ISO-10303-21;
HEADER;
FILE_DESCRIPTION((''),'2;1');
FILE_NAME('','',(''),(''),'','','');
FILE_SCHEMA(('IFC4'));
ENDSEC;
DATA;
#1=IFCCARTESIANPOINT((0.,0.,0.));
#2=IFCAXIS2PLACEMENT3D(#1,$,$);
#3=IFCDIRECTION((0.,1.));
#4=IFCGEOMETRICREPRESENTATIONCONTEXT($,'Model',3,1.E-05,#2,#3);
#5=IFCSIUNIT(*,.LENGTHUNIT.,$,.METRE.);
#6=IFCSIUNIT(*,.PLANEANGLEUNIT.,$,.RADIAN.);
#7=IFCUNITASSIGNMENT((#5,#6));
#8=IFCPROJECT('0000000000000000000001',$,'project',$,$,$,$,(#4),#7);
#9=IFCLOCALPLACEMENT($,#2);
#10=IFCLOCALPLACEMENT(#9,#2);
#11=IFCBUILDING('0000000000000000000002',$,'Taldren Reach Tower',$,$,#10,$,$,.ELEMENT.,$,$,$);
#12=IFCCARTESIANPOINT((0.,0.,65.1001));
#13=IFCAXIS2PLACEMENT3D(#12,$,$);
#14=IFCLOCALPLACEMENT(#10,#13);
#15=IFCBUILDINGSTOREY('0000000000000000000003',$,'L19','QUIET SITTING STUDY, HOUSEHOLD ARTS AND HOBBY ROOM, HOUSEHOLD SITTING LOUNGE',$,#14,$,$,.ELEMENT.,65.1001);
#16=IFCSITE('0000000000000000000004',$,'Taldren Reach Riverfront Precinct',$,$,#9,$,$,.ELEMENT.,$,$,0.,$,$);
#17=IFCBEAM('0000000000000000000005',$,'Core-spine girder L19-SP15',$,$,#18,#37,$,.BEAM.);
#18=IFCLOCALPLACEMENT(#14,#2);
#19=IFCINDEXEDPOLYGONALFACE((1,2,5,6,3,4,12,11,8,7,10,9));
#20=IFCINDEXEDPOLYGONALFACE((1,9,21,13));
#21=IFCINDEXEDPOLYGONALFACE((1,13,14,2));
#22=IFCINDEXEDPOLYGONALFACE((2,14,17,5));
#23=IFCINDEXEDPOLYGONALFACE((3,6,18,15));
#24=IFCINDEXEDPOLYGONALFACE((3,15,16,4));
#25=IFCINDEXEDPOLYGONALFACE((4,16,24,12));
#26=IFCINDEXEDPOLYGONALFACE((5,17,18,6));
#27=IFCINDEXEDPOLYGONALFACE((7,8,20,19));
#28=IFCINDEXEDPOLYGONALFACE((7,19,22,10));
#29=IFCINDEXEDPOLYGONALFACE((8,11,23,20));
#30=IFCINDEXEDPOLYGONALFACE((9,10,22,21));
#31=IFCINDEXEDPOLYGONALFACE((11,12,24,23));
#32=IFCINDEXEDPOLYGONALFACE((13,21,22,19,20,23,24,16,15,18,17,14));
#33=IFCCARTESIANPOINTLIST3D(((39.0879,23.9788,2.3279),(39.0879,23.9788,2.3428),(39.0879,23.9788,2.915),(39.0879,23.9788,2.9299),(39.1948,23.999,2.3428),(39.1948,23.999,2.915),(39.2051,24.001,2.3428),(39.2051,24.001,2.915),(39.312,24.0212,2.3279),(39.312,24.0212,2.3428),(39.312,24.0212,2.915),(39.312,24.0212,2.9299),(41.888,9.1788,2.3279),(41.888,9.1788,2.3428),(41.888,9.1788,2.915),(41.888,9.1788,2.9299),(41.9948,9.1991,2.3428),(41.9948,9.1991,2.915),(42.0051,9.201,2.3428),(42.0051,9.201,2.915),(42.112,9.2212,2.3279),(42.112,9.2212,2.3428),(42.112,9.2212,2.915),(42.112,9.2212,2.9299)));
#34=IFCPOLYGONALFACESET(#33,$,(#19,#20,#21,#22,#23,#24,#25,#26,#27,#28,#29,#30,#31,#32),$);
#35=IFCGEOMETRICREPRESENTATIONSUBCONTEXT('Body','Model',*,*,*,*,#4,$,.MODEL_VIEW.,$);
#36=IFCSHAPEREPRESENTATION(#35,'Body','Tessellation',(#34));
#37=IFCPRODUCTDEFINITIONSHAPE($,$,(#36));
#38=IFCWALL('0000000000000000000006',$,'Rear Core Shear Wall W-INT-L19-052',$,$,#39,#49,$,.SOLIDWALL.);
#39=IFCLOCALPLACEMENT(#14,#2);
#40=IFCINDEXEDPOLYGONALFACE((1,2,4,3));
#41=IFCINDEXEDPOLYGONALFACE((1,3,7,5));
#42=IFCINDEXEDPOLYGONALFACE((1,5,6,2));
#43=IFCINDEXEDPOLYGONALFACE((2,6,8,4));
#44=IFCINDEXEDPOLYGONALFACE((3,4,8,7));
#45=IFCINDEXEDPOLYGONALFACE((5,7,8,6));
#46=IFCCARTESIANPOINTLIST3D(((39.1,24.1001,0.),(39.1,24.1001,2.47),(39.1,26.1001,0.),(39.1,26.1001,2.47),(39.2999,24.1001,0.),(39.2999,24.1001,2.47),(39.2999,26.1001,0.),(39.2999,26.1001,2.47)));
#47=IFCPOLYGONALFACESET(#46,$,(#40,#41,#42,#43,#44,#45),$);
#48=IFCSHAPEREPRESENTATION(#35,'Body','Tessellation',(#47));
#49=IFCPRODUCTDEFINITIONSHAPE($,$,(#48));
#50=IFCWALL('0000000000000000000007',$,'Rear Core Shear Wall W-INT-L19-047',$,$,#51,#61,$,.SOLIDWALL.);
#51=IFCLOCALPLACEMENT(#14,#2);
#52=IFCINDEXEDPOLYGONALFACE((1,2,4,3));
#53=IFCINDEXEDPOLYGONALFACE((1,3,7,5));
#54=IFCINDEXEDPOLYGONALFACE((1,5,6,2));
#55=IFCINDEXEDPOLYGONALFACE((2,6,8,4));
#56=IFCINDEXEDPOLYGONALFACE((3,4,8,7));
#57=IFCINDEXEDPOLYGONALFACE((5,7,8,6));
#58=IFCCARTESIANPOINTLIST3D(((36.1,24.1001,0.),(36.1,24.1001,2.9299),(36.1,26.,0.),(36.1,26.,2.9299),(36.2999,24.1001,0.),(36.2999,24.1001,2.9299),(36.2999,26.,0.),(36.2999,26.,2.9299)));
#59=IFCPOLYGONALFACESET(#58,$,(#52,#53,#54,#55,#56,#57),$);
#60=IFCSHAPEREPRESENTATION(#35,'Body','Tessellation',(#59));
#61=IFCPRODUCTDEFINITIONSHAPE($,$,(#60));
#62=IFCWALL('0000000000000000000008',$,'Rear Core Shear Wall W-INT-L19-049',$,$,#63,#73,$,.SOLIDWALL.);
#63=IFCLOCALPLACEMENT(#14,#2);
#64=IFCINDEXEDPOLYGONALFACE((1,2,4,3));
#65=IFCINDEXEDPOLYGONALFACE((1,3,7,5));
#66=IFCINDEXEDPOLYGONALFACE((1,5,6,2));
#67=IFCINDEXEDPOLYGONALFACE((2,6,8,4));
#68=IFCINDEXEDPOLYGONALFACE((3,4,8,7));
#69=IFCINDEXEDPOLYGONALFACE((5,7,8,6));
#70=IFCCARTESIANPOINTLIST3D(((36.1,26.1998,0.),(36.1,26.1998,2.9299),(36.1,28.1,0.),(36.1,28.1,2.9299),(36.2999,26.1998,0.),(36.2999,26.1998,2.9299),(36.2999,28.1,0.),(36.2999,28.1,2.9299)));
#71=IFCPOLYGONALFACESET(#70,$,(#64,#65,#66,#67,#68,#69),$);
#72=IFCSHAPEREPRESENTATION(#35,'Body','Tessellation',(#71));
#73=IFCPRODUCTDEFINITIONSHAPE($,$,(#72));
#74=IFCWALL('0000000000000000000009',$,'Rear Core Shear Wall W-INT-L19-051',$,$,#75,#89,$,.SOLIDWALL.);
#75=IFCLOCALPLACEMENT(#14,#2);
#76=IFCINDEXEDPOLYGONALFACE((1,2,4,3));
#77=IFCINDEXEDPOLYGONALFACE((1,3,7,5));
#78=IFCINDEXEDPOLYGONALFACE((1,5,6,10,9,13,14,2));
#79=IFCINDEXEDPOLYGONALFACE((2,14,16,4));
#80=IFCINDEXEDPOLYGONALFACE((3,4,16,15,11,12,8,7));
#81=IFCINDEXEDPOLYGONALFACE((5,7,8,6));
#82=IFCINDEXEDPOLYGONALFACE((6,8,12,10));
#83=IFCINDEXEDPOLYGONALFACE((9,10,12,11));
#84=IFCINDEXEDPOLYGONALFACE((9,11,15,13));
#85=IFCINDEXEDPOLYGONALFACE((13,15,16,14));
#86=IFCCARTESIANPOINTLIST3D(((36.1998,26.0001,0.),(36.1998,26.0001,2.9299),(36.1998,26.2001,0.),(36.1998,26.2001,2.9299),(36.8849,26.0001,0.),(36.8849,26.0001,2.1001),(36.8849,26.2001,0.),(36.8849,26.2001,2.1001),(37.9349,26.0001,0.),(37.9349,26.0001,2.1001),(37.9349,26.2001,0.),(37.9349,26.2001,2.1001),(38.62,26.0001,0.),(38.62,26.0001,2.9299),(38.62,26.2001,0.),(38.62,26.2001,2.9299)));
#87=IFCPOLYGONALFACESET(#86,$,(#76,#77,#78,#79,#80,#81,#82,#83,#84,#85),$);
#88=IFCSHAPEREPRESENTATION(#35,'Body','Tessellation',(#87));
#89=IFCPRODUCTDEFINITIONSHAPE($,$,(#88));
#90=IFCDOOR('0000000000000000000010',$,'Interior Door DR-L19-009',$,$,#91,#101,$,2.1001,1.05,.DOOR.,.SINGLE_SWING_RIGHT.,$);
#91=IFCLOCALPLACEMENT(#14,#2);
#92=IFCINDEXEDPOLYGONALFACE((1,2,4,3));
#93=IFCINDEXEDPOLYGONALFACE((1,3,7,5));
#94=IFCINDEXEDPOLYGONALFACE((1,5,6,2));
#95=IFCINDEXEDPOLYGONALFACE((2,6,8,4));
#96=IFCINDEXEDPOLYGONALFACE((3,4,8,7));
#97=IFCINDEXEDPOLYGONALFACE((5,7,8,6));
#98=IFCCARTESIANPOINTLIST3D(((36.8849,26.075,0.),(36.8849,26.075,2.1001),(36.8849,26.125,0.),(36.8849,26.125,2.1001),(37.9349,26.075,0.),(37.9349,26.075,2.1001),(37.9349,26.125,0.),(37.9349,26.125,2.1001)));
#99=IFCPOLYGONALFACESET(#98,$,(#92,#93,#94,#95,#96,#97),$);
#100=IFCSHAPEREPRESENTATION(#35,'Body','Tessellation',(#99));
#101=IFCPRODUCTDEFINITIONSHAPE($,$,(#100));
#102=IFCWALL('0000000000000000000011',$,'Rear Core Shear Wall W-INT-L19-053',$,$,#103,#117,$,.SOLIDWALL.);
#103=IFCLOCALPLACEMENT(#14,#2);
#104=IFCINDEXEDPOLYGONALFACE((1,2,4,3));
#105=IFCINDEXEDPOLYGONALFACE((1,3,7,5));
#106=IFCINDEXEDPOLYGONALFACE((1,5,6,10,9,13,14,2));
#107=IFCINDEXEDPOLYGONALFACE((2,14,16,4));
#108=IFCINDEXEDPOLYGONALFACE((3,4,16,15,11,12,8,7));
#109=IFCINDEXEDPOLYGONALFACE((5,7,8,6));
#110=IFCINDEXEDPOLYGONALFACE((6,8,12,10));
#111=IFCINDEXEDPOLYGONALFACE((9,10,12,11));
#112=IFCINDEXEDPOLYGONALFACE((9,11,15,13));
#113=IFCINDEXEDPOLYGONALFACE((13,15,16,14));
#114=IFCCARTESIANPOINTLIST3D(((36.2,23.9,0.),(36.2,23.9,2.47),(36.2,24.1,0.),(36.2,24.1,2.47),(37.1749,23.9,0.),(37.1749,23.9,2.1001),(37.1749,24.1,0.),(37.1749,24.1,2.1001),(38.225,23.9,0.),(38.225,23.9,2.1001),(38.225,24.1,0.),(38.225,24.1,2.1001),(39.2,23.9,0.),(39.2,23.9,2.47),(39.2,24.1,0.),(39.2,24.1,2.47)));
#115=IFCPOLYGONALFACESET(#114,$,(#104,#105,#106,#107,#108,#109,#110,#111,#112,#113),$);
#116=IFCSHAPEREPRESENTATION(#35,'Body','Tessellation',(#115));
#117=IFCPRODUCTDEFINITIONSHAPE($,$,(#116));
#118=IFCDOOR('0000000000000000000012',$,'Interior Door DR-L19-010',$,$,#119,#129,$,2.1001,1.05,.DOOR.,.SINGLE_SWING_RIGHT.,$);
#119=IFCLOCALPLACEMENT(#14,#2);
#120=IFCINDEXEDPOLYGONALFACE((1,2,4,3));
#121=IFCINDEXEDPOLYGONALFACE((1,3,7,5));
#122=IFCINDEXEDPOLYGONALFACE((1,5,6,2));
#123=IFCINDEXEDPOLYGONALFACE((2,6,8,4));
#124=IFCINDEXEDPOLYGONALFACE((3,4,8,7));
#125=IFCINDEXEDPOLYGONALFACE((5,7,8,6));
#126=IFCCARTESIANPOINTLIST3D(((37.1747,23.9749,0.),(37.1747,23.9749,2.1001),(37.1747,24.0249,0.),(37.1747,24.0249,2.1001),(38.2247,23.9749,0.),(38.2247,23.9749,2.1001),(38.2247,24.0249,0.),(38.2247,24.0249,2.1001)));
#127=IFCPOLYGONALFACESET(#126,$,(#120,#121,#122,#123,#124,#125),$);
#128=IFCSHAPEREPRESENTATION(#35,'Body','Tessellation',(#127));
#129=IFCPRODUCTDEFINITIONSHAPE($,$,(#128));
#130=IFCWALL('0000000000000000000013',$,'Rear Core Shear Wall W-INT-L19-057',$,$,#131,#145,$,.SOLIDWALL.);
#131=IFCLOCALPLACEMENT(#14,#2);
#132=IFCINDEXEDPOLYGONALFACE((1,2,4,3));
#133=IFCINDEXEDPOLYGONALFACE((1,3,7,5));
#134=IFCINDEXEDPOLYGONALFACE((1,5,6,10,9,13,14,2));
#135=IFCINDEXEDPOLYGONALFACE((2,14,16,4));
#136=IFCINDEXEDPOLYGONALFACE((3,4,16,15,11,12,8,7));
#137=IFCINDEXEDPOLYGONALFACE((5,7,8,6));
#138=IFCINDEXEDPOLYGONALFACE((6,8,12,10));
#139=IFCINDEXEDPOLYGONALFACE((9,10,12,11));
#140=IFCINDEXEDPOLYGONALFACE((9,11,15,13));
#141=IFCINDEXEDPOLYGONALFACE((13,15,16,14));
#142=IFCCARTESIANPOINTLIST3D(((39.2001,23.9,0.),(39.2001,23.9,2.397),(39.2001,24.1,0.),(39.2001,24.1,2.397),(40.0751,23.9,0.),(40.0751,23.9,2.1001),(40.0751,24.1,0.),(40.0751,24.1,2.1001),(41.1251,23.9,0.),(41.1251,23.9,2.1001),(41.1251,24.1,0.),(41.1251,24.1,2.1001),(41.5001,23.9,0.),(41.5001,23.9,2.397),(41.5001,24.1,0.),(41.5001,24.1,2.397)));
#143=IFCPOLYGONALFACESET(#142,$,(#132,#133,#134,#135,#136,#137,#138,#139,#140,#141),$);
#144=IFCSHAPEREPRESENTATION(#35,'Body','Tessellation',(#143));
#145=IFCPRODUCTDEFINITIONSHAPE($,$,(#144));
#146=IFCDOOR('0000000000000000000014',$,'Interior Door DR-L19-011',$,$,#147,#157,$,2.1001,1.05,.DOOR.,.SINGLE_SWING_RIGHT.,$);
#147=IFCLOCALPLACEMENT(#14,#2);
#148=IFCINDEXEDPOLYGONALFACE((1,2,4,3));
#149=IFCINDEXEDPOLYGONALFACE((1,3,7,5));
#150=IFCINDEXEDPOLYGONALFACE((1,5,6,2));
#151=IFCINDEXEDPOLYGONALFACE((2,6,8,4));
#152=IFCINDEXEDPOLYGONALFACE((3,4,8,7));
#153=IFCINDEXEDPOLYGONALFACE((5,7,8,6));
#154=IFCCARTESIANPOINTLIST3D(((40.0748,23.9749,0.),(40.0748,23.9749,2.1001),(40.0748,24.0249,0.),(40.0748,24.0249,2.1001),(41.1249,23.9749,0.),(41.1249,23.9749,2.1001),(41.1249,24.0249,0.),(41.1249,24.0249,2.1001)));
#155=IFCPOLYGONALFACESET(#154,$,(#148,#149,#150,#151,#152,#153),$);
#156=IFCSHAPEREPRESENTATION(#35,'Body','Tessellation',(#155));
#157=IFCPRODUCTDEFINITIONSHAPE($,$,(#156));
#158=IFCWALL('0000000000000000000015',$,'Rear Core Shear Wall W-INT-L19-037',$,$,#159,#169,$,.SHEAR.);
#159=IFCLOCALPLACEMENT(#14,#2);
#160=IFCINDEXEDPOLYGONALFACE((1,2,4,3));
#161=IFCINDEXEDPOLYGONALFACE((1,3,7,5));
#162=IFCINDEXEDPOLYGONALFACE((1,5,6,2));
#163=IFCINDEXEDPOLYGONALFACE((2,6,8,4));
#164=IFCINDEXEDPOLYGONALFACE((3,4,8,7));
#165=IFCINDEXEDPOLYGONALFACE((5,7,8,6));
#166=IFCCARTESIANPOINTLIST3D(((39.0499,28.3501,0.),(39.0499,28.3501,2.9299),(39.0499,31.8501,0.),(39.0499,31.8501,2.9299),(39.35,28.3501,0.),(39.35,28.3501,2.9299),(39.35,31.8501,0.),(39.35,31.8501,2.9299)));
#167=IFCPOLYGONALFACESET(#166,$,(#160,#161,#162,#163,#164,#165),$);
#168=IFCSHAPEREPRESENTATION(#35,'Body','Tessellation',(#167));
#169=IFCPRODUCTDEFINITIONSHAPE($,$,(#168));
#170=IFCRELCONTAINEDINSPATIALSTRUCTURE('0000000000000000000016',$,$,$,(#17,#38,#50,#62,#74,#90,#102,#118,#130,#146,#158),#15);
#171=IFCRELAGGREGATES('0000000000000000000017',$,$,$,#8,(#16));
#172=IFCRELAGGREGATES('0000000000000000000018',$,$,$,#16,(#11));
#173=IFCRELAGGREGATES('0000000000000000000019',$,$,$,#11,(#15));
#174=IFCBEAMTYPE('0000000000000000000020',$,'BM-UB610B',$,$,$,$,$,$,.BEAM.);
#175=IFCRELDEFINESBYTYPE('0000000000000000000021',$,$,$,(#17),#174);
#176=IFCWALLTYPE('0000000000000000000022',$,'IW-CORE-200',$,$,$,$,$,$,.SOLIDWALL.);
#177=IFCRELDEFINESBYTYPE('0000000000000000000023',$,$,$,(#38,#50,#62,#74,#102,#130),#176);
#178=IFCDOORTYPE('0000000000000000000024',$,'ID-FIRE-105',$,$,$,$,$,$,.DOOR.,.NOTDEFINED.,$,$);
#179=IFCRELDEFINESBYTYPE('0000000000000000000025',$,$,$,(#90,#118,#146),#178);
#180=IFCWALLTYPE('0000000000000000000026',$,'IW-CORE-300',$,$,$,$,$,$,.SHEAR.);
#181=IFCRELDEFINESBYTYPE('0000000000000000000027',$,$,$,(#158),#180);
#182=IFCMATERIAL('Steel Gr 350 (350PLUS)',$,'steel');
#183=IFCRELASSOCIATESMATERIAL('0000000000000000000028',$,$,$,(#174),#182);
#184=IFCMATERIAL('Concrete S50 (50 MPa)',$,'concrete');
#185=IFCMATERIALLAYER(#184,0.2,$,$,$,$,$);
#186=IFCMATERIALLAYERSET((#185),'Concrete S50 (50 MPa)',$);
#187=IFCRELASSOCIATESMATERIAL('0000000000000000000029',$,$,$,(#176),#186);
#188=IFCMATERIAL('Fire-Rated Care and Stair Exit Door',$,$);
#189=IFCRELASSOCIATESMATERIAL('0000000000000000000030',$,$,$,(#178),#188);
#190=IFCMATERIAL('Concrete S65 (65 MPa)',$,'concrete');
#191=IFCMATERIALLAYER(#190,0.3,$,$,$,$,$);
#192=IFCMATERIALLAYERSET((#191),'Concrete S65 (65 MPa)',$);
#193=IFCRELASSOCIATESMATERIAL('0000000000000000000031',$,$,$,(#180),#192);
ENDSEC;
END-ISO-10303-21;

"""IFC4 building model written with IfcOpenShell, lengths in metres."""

from ifc_helpers import new_model, si_unit, direction, frame, frame_2d, origin, origin_2d, place, context, subcontext, project, spatial, rectangle, i_section, extrude, source, transform, mapped, material, layer, layer_set, material_profile, profile_set, type_object, element, fill, save


model = new_model("IFC4")

# Units and contexts
model_context = context("Model", 3, precision=1e-05, world=origin(), true_north=direction((0.0, 1.0)))
body_context = subcontext(model_context, "Body", "Model", "MODEL_VIEW")
ifc_project = project(units=[si_unit("LENGTHUNIT", "METRE"), si_unit("PLANEANGLEUNIT", "RADIAN")], contexts=[model_context])

# Site, building, storey
site_placement = place(None, origin())
site = spatial("IfcSite", under=ifc_project, at=site_placement, Name="Taldren Reach Riverfront Precinct", CompositionType="ELEMENT", RefElevation=0.0)
building_placement = place(site_placement, origin())
building = spatial("IfcBuilding", under=site, at=building_placement, Name="Taldren Reach Tower", CompositionType="ELEMENT")
storey_placement = place(building_placement, frame((0.0, 0.0, 65.1001)))
storey = spatial("IfcBuildingStorey", under=building, at=storey_placement, Name="L19", Description="QUIET SITTING STUDY, HOUSEHOLD ARTS AND HOBBY ROOM, HOUSEHOLD SITTING LOUNGE", CompositionType="ELEMENT", Elevation=65.1001)

# Beam
ifc_material_1 = material(Name="Steel Gr 350 (350PLUS)", Category="steel")
ifc_material_profile = material_profile(ifc_material_1, i_section(OverallWidth=0.228, OverallDepth=0.6021, WebThickness=0.0105, FlangeThickness=0.0149, at=origin_2d()), Name="610UB101")
ifc_profile_set = profile_set([ifc_material_profile], Name="Steel Gr 350 (350PLUS)")
beam_type = type_object("IfcBeamType", Name="BM-UB610B", PredefinedType="BEAM", material=ifc_profile_set)
shared_shape_1 = source(origin(), body_context, "Body", "SweptSolid", [
    extrude(i_section(OverallWidth=0.228, OverallDepth=0.6021, WebThickness=0.0105, FlangeThickness=0.0149, at=origin_2d()), origin(), (0.0, 0.0, 1.0), 15.0625),
])
beam_placement = place(storey_placement, frame((39.2, 24.0, 2.6289), z_axis=(0.185894, -0.98257, 0.0), x_axis=(0.98257, 0.185894, 0.0)))
element("IfcBeam", 1, at=beam_placement, inside=storey, type_object=beam_type, Name="Core-spine girder L19-SP15", PredefinedType="BEAM", context=body_context, shape_type="MappedRepresentation", body=[
    mapped(shared_shape_1, transform((0.0, 0.0, 0.0), scale=1.0)),
])

# Walls
ifc_material_2 = material(Name="Concrete S50 (50 MPa)", Category="concrete")
ifc_layer_1 = layer(ifc_material_2, 0.2)
ifc_layer_set_1 = layer_set([ifc_layer_1], Name="Concrete S50 (50 MPa)")
wall_type_1 = type_object("IfcWallType", Name="IW-CORE-200", PredefinedType="SOLIDWALL", material=ifc_layer_set_1)
shared_shape_2 = source(origin(), body_context, "Body", "SweptSolid", [
    extrude(rectangle(XDim=2.0, YDim=0.2, at=frame_2d((1.0, 0.0))), origin(), (0.0, 0.0, 1.0), 2.47),
])
wall_1_placement = place(storey_placement, frame((39.2, 26.1001, 0.0), z_axis=(0.0, 0.0, 1.0), x_axis=(0.0, -1.0, 0.0)))
element("IfcWall", 2, at=wall_1_placement, inside=storey, type_object=wall_type_1, Name="Rear Core Shear Wall W-INT-L19-052", PredefinedType="SOLIDWALL", context=body_context, shape_type="MappedRepresentation", body=[
    mapped(shared_shape_2, transform((0.0, 0.0, 0.0), scale=1.0)),
])
shared_shape_3 = source(origin(), body_context, "Body", "SweptSolid", [
    extrude(rectangle(XDim=1.8999, YDim=0.2, at=frame_2d((0.95, 0.0))), origin(), (0.0, 0.0, 1.0), 2.9299),
])
wall_2_placement = place(storey_placement, frame((36.2, 26.0, 0.0), z_axis=(0.0, 0.0, 1.0), x_axis=(0.0, -1.0, 0.0)))
element("IfcWall", 3, at=wall_2_placement, inside=storey, type_object=wall_type_1, Name="Rear Core Shear Wall W-INT-L19-047", PredefinedType="SOLIDWALL", context=body_context, shape_type="MappedRepresentation", body=[
    mapped(shared_shape_3, transform((0.0, 0.0, 0.0), scale=1.0)),
])
shared_shape_4 = source(origin(), body_context, "Body", "SweptSolid", [
    extrude(rectangle(XDim=1.9001, YDim=0.2, at=frame_2d((0.9502, 0.0))), origin(), (0.0, 0.0, 1.0), 2.9299),
])
wall_3_placement = place(storey_placement, frame((36.2, 28.1001, 0.0), z_axis=(0.0, 0.0, 1.0), x_axis=(0.0, -1.0, 0.0)))
element("IfcWall", 4, at=wall_3_placement, inside=storey, type_object=wall_type_1, Name="Rear Core Shear Wall W-INT-L19-049", PredefinedType="SOLIDWALL", context=body_context, shape_type="MappedRepresentation", body=[
    mapped(shared_shape_4, transform((0.0, 0.0, 0.0), scale=1.0)),
])

# Walls, openings, doors
shared_shape_5 = source(origin(), body_context, "Body", "SweptSolid", [
    extrude(rectangle(XDim=2.4202, YDim=0.2, at=frame_2d((1.21, 0.0))), origin(), (0.0, 0.0, 1.0), 2.9299),
])
wall_4_placement = place(storey_placement, frame((36.2, 26.1001, 0.0), z_axis=(0.0, 0.0, 1.0), x_axis=(1.0, 0.0, 0.0)))
wall_4 = element("IfcWall", 5, at=wall_4_placement, inside=storey, type_object=wall_type_1, Name="Rear Core Shear Wall W-INT-L19-051", PredefinedType="SOLIDWALL", context=body_context, shape_type="MappedRepresentation", body=[
    mapped(shared_shape_5, transform((0.0, 0.0, 0.0), scale=1.0)),
])
shared_shape_6 = source(origin(), body_context, "Body", "SweptSolid", [
    extrude(rectangle(XDim=1.05, YDim=2.1001, at=frame_2d((0.5249, 1.05))), frame((0.0, 0.1099, 0.0), z_axis=(0.0, -1.0, 0.0), x_axis=(1.0, 0.0, 0.0)), (0.0, 0.0, 1.0), 0.22),
])
opening_1_placement = place(wall_4_placement, frame((0.6851, 0.0, 0.0)))
opening_1 = element("IfcOpeningElement", 6, at=opening_1_placement, cuts=wall_4, PredefinedType="OPENING", context=body_context, shape_type="MappedRepresentation", body=[
    mapped(shared_shape_6, transform((0.0, 0.0, 0.0), scale=1.0)),
])
ifc_material_3 = material(Name="Fire-Rated Care and Stair Exit Door")
door_type_1 = type_object("IfcDoorType", Name="ID-FIRE-105", OperationType="NOTDEFINED", PredefinedType="DOOR", material=ifc_material_3)
shared_shape_7 = source(origin(), body_context, "Body", "SweptSolid", [
    extrude(rectangle(XDim=1.05, YDim=2.1001, at=frame_2d((0.5249, 1.05))), frame((0.0, 0.0249, 0.0), z_axis=(0.0, -1.0, 0.0), x_axis=(1.0, 0.0, 0.0)), (0.0, 0.0, 1.0), 0.05),
])
door_1_placement = place(opening_1_placement, origin())
door_1 = element("IfcDoor", 7, at=door_1_placement, inside=storey, type_object=door_type_1, Name="Interior Door DR-L19-009", OperationType="SINGLE_SWING_RIGHT", OverallHeight=2.1001, OverallWidth=1.05, PredefinedType="DOOR", context=body_context, shape_type="MappedRepresentation", body=[
    mapped(shared_shape_7, transform((0.0, 0.0, 0.0), scale=1.0)),
])
fill(opening_1, door_1)
shared_shape_8 = source(origin(), body_context, "Body", "SweptSolid", [
    extrude(rectangle(XDim=3.0, YDim=0.2, at=frame_2d((1.5, 0.0))), origin(), (0.0, 0.0, 1.0), 2.47),
])
wall_5_placement = place(storey_placement, frame((39.2, 24.0, 0.0), z_axis=(0.0, 0.0, 1.0), x_axis=(-1.0, 0.0, 0.0)))
wall_5 = element("IfcWall", 8, at=wall_5_placement, inside=storey, type_object=wall_type_1, Name="Rear Core Shear Wall W-INT-L19-053", PredefinedType="SOLIDWALL", context=body_context, shape_type="MappedRepresentation", body=[
    mapped(shared_shape_8, transform((0.0, 0.0, 0.0), scale=1.0)),
])
opening_2_placement = place(wall_5_placement, frame((0.9751, 0.0, 0.0)))
opening_2 = element("IfcOpeningElement", 9, at=opening_2_placement, cuts=wall_5, PredefinedType="OPENING", context=body_context, shape_type="MappedRepresentation", body=[
    mapped(shared_shape_6, transform((0.0, 0.0, 0.0), scale=1.0)),
])
door_2_placement = place(opening_2_placement, frame((1.05, 0.0, 0.0), z_axis=(0.0, 0.0, 1.0), x_axis=(-1.0, 0.0, 0.0)))
door_2 = element("IfcDoor", 10, at=door_2_placement, inside=storey, type_object=door_type_1, Name="Interior Door DR-L19-010", OperationType="SINGLE_SWING_RIGHT", OverallHeight=2.1001, OverallWidth=1.05, PredefinedType="DOOR", context=body_context, shape_type="MappedRepresentation", body=[
    mapped(shared_shape_7, transform((0.0, 0.0, 0.0), scale=1.0)),
])
fill(opening_2, door_2)
shared_shape_9 = source(origin(), body_context, "Body", "SweptSolid", [
    extrude(rectangle(XDim=2.3, YDim=0.2, at=frame_2d((1.1499, 0.0))), origin(), (0.0, 0.0, 1.0), 2.397),
])
wall_6_placement = place(storey_placement, frame((41.5, 24.0, 0.0), z_axis=(0.0, 0.0, 1.0), x_axis=(-1.0, 0.0, 0.0)))
wall_6 = element("IfcWall", 11, at=wall_6_placement, inside=storey, type_object=wall_type_1, Name="Rear Core Shear Wall W-INT-L19-057", PredefinedType="SOLIDWALL", context=body_context, shape_type="MappedRepresentation", body=[
    mapped(shared_shape_9, transform((0.0, 0.0, 0.0), scale=1.0)),
])
opening_3_placement = place(wall_6_placement, frame((0.375, 0.0, 0.0)))
opening_3 = element("IfcOpeningElement", 12, at=opening_3_placement, cuts=wall_6, PredefinedType="OPENING", context=body_context, shape_type="MappedRepresentation", body=[
    mapped(shared_shape_6, transform((0.0, 0.0, 0.0), scale=1.0)),
])
door_3_placement = place(opening_3_placement, frame((1.05, 0.0, 0.0), z_axis=(0.0, 0.0, 1.0), x_axis=(-1.0, 0.0, 0.0)))
door_3 = element("IfcDoor", 13, at=door_3_placement, inside=storey, type_object=door_type_1, Name="Interior Door DR-L19-011", OperationType="SINGLE_SWING_RIGHT", OverallHeight=2.1001, OverallWidth=1.05, PredefinedType="DOOR", context=body_context, shape_type="MappedRepresentation", body=[
    mapped(shared_shape_7, transform((0.0, 0.0, 0.0), scale=1.0)),
])
fill(opening_3, door_3)

# Wall
ifc_material_4 = material(Name="Concrete S65 (65 MPa)", Category="concrete")
ifc_layer_2 = layer(ifc_material_4, 0.3)
ifc_layer_set_2 = layer_set([ifc_layer_2], Name="Concrete S65 (65 MPa)")
wall_type_2 = type_object("IfcWallType", Name="IW-CORE-300", PredefinedType="SHEAR", material=ifc_layer_set_2)
shared_shape_10 = source(origin(), body_context, "Body", "SweptSolid", [
    extrude(rectangle(XDim=3.5, YDim=0.3, at=frame_2d((1.75, 0.0))), origin(), (0.0, 0.0, 1.0), 2.9299),
])
wall_7_placement = place(storey_placement, frame((39.2, 28.3501, 0.0), z_axis=(0.0, 0.0, 1.0), x_axis=(0.0, 1.0, 0.0)))
element("IfcWall", 14, at=wall_7_placement, inside=storey, type_object=wall_type_2, Name="Rear Core Shear Wall W-INT-L19-037", PredefinedType="SHEAR", context=body_context, shape_type="MappedRepresentation", body=[
    mapped(shared_shape_10, transform((0.0, 0.0, 0.0), scale=1.0)),
])

save(model, "model.ifc")
